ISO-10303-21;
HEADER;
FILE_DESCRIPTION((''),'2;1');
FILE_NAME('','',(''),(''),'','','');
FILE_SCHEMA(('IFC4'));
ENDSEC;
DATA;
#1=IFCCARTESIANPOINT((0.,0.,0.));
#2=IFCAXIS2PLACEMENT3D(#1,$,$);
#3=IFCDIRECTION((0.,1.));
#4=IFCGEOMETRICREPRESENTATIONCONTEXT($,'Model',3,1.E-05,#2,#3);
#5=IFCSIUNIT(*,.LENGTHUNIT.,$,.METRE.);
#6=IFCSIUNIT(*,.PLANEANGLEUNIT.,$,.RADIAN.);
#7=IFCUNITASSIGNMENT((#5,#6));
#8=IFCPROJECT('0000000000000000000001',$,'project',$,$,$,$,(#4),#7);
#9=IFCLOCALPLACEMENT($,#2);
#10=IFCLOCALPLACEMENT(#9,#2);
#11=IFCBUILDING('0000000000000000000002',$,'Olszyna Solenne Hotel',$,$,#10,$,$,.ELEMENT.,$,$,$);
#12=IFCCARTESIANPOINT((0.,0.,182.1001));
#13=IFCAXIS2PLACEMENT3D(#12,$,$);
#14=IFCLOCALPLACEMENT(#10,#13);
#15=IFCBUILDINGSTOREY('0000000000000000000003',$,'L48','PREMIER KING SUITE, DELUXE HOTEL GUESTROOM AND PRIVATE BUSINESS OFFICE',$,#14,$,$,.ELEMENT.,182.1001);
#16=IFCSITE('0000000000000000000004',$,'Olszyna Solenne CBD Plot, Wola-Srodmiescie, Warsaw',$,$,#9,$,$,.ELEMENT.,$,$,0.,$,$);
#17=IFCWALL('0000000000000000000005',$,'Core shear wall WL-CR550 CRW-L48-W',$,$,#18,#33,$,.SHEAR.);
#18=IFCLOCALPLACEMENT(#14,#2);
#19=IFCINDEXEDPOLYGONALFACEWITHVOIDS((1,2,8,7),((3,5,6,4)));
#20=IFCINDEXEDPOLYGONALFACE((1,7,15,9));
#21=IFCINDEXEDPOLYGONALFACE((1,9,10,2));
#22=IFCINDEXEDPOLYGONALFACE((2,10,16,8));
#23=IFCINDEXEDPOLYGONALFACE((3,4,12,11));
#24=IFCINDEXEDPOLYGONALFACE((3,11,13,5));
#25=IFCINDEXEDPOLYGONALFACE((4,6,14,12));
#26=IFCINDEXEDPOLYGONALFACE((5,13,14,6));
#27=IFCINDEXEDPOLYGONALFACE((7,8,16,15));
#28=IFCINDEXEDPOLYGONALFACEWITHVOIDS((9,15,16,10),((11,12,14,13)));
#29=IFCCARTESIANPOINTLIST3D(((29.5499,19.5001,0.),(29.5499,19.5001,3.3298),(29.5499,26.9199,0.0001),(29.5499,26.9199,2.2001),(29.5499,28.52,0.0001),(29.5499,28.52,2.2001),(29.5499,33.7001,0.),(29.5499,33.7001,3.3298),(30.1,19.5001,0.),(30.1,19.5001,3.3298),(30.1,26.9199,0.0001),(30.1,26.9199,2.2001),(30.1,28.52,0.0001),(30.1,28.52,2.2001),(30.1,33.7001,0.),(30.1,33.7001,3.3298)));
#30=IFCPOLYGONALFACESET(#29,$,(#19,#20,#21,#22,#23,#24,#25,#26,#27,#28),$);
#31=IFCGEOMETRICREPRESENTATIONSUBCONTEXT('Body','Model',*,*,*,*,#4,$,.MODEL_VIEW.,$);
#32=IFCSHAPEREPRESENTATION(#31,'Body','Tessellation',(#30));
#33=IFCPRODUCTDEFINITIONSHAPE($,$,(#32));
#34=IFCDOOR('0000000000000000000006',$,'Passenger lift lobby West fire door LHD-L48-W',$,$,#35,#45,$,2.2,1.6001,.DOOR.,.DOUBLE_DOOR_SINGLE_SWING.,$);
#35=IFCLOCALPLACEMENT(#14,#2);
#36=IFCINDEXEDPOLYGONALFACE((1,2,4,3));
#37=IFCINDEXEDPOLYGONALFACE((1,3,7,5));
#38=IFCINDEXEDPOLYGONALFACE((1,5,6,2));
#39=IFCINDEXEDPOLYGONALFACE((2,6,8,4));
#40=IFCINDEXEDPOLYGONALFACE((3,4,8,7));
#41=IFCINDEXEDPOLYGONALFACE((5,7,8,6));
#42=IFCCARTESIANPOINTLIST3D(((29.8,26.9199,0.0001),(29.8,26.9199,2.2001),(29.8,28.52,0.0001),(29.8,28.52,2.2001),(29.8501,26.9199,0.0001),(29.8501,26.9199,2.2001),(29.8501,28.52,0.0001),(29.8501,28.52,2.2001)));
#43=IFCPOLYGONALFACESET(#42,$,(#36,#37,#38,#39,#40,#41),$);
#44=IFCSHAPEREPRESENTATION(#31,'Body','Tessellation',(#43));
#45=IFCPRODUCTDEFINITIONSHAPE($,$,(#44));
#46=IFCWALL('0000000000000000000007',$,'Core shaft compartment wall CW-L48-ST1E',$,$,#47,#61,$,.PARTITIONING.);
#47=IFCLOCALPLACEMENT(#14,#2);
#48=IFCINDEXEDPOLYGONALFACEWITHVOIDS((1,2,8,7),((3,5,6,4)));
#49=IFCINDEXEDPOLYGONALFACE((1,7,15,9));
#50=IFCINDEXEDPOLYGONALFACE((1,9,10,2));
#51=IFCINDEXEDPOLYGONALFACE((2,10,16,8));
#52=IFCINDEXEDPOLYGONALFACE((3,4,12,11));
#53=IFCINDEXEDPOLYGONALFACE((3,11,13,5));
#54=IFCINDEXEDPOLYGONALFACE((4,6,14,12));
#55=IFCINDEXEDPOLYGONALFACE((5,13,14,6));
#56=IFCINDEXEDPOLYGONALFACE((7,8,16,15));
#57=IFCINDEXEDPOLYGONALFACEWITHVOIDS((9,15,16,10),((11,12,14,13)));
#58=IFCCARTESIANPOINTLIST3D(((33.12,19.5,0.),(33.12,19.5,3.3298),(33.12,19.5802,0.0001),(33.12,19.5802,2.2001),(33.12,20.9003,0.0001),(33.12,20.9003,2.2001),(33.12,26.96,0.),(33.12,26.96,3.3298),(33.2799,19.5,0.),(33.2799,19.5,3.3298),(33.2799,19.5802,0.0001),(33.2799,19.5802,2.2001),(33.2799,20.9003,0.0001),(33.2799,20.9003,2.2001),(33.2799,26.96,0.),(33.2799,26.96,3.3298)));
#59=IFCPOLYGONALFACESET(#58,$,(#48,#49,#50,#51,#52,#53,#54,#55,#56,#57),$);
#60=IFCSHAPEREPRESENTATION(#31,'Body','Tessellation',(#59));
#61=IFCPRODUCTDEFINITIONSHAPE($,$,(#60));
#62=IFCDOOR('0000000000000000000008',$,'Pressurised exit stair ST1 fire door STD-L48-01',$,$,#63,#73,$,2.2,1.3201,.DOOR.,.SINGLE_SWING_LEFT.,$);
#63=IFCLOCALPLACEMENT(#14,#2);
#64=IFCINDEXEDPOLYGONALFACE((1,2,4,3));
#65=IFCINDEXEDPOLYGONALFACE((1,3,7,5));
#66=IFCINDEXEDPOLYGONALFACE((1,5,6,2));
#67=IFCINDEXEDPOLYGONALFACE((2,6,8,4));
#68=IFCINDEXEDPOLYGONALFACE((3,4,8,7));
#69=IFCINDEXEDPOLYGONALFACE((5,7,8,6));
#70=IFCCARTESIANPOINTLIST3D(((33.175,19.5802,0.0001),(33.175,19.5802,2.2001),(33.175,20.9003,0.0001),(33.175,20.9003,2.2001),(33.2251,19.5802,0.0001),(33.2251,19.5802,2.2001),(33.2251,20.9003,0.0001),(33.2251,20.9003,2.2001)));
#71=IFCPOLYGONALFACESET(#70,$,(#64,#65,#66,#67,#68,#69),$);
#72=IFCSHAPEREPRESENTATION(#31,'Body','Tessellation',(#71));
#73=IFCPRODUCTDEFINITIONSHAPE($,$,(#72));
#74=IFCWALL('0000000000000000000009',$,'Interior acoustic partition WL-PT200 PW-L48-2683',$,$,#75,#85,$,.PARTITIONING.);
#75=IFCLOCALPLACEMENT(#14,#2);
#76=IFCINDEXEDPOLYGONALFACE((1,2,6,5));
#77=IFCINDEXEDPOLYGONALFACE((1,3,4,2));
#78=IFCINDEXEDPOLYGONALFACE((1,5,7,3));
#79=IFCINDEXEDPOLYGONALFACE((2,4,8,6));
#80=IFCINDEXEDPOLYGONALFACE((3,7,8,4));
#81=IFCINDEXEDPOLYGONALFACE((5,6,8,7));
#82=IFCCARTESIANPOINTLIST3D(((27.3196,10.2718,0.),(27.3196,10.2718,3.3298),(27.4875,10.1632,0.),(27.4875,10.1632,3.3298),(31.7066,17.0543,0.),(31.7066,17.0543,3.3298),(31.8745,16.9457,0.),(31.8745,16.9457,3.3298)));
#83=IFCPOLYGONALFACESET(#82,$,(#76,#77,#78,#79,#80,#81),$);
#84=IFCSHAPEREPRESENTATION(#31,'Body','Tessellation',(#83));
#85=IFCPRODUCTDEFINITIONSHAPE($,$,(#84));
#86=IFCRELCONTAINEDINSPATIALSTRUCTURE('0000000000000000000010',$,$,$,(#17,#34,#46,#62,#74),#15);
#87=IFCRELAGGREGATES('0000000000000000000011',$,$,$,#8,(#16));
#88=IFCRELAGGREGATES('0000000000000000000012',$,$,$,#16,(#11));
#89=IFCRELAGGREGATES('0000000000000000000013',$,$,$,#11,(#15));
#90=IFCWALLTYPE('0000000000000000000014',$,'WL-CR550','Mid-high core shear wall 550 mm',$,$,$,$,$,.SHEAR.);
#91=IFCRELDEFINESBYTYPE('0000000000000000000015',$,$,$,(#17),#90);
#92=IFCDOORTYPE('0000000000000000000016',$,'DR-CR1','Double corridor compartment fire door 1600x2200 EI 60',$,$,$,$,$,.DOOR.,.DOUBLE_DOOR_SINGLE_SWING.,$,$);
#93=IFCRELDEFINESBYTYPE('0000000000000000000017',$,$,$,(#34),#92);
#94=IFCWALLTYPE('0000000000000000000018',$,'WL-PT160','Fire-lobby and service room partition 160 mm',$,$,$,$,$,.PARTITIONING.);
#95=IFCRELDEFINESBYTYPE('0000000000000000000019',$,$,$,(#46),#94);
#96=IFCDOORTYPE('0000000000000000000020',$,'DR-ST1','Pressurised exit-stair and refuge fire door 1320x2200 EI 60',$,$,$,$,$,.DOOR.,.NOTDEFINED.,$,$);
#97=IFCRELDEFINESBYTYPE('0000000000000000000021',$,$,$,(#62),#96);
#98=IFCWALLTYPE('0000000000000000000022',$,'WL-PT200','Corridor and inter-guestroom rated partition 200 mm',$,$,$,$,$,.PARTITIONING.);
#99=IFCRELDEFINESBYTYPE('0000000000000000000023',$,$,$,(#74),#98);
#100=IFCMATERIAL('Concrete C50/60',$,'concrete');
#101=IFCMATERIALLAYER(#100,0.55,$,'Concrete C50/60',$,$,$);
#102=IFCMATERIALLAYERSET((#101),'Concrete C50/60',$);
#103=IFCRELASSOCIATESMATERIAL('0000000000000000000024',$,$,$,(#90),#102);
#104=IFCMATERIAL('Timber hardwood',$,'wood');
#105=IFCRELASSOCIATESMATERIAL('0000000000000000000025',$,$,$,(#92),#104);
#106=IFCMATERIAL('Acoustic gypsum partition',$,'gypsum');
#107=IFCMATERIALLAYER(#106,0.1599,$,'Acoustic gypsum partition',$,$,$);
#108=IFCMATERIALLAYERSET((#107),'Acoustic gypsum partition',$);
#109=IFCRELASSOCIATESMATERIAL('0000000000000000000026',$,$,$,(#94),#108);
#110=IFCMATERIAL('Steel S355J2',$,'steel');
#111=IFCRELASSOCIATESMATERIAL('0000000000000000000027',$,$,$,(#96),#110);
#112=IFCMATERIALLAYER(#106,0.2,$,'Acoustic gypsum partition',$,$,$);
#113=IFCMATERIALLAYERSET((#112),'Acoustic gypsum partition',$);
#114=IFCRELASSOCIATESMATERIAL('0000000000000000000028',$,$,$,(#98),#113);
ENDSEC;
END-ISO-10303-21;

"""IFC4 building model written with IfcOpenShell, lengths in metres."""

from ifc_helpers import new_model, si_unit, direction, frame, frame_2d, origin, place, context, subcontext, project, spatial, rectangle, extrude, source, transform, mapped, material, layer, layer_set, type_object, type_shapes, element, fill, save


model = new_model("IFC4")

# Units and contexts
model_context = context("Model", 3, precision=1e-05, world=origin(), true_north=direction((0.0, 1.0)))
body_context = subcontext(model_context, "Body", "Model", "MODEL_VIEW")
ifc_project = project(units=[si_unit("LENGTHUNIT", "METRE"), si_unit("PLANEANGLEUNIT", "RADIAN")], contexts=[model_context])

# Site, building, storey
site_placement = place(None, origin())
site = spatial("IfcSite", under=ifc_project, at=site_placement, Name="Olszyna Solenne CBD Plot, Wola-Srodmiescie, Warsaw", CompositionType="ELEMENT", RefElevation=0.0)
building_placement = place(site_placement, origin())
building = spatial("IfcBuilding", under=site, at=building_placement, Name="Olszyna Solenne Hotel", CompositionType="ELEMENT")
storey_placement = place(building_placement, frame((0.0, 0.0, 182.1001)))
storey = spatial("IfcBuildingStorey", under=building, at=storey_placement, Name="L48", Description="PREMIER KING SUITE, DELUXE HOTEL GUESTROOM AND PRIVATE BUSINESS OFFICE", CompositionType="ELEMENT", Elevation=182.1001)

# Shared definitions
ifc_material_1 = material(Name="Steel S355J2", Category="steel")

# Walls, openings, doors
ifc_material_2 = material(Name="Concrete C50/60", Category="concrete")
ifc_layer_1 = layer(ifc_material_2, 0.55, Name="Concrete C50/60")
ifc_layer_set_1 = layer_set([ifc_layer_1], Name="Concrete C50/60")
wall_type_1 = type_object("IfcWallType", Name="WL-CR550", Description="Mid-high core shear wall 550 mm", PredefinedType="SHEAR", material=ifc_layer_set_1)
wall_1_placement = place(storey_placement, frame((29.825, 19.5, 0.0), z_axis=(0.0, 0.0, 1.0), x_axis=(0.0, 1.0, 0.0)))
wall_1 = element("IfcWall", 1, at=wall_1_placement, inside=storey, type_object=wall_type_1, Name="Core shear wall WL-CR550 CRW-L48-W", PredefinedType="SHEAR", context=body_context, shape_type="SweptSolid", body=[
    extrude(rectangle(XDim=14.2, YDim=0.55, at=frame_2d((7.1001, 0.0))), origin(), (0.0, 0.0, 1.0), 3.3298),
])
opening_1_placement = place(wall_1_placement, frame((7.4199, 0.0, 0.0)))
opening_1 = element("IfcOpeningElement", 2, at=opening_1_placement, cuts=wall_1, PredefinedType="OPENING", context=body_context, shape_type="SweptSolid", body=[
    extrude(rectangle(XDim=1.6001, YDim=2.2, at=frame_2d((0.8, 1.1001))), frame((0.0, 0.2852, 0.0), z_axis=(0.0, -1.0, 0.0), x_axis=(1.0, 0.0, 0.0)), (0.0, 0.0, 1.0), 0.5701),
])
ifc_material_3 = material(Name="Timber hardwood", Category="wood")
door_type_1 = type_object("IfcDoorType", Name="DR-CR1", Description="Double corridor compartment fire door 1600x2200 EI 60", OperationType="DOUBLE_DOOR_SINGLE_SWING", PredefinedType="DOOR", material=ifc_material_3)
shared_shape_1 = source(origin(), body_context, "Body", "SweptSolid", [
    extrude(rectangle(XDim=1.6001, YDim=2.2, at=frame_2d((0.8, 1.1001))), frame((0.0, 0.0249, 0.0), z_axis=(0.0, -1.0, 0.0), x_axis=(1.0, 0.0, 0.0)), (0.0, 0.0, 1.0), 0.05),
])
type_shapes(door_type_1, [shared_shape_1])
door_1_placement = place(opening_1_placement, origin())
door_1 = element("IfcDoor", 3, at=door_1_placement, inside=storey, type_object=door_type_1, Name="Passenger lift lobby West fire door LHD-L48-W", OperationType="DOUBLE_DOOR_SINGLE_SWING", OverallHeight=2.2, OverallWidth=1.6001, PredefinedType="DOOR", context=body_context, shape_type="MappedRepresentation", body=[
    mapped(shared_shape_1, transform((0.0, 0.0, 0.0), x_axis=(1.0, 0.0, 0.0), y_axis=(0.0, 1.0, 0.0), z_axis=(0.0, 0.0, 1.0), scale=1.0)),
])
fill(opening_1, door_1)
ifc_material_4 = material(Name="Acoustic gypsum partition", Category="gypsum")
ifc_layer_2 = layer(ifc_material_4, 0.1599, Name="Acoustic gypsum partition")
ifc_layer_set_2 = layer_set([ifc_layer_2], Name="Acoustic gypsum partition")
wall_type_2 = type_object("IfcWallType", Name="WL-PT160", Description="Fire-lobby and service room partition 160 mm", PredefinedType="PARTITIONING", material=ifc_layer_set_2)
wall_2_placement = place(storey_placement, frame((33.2, 19.5, 0.0), z_axis=(0.0, 0.0, 1.0), x_axis=(0.0, 1.0, 0.0)))
wall_2 = element("IfcWall", 4, at=wall_2_placement, inside=storey, type_object=wall_type_2, Name="Core shaft compartment wall CW-L48-ST1E", PredefinedType="PARTITIONING", context=body_context, shape_type="SweptSolid", body=[
    extrude(rectangle(XDim=7.46, YDim=0.1599, at=frame_2d((3.73, 0.0))), origin(), (0.0, 0.0, 1.0), 3.3298),
])
opening_2_placement = place(wall_2_placement, frame((0.0801, 0.0, 0.0)))
opening_2 = element("IfcOpeningElement", 5, at=opening_2_placement, cuts=wall_2, PredefinedType="OPENING", context=body_context, shape_type="SweptSolid", body=[
    extrude(rectangle(XDim=1.3201, YDim=2.2, at=frame_2d((0.6602, 1.1001))), frame((0.0, 0.0898, 0.0), z_axis=(0.0, -1.0, 0.0), x_axis=(1.0, 0.0, 0.0)), (0.0, 0.0, 1.0), 0.1799),
])
door_type_2 = type_object("IfcDoorType", Name="DR-ST1", Description="Pressurised exit-stair and refuge fire door 1320x2200 EI 60", OperationType="NOTDEFINED", PredefinedType="DOOR", material=ifc_material_1)
shared_shape_2 = source(origin(), body_context, "Body", "SweptSolid", [
    extrude(rectangle(XDim=1.3201, YDim=2.2, at=frame_2d((0.6602, 1.1001))), frame((0.0, 0.0249, 0.0), z_axis=(0.0, -1.0, 0.0), x_axis=(1.0, 0.0, 0.0)), (0.0, 0.0, 1.0), 0.05),
])
type_shapes(door_type_2, [shared_shape_2])
door_2_placement = place(opening_2_placement, origin())
door_2 = element("IfcDoor", 6, at=door_2_placement, inside=storey, type_object=door_type_2, Name="Pressurised exit stair ST1 fire door STD-L48-01", OperationType="SINGLE_SWING_LEFT", OverallHeight=2.2, OverallWidth=1.3201, PredefinedType="DOOR", context=body_context, shape_type="MappedRepresentation", body=[
    mapped(shared_shape_2, transform((0.0, 0.0, 0.0), x_axis=(1.0, 0.0, 0.0), y_axis=(0.0, 1.0, 0.0), z_axis=(0.0, 0.0, 1.0), scale=1.0)),
])
fill(opening_2, door_2)

# Wall
ifc_layer_3 = layer(ifc_material_4, 0.2, Name="Acoustic gypsum partition")
ifc_layer_set_3 = layer_set([ifc_layer_3], Name="Acoustic gypsum partition")
wall_type_3 = type_object("IfcWallType", Name="WL-PT200", Description="Corridor and inter-guestroom rated partition 200 mm", PredefinedType="PARTITIONING", material=ifc_layer_set_3)
wall_3_placement = place(storey_placement, frame((31.7905, 17.0, 0.0), z_axis=(0.0, 0.0, 1.0), x_axis=(-0.543103, -0.839666, 0.0)))
element("IfcWall", 7, at=wall_3_placement, inside=storey, type_object=wall_type_3, Name="Interior acoustic partition WL-PT200 PW-L48-2683", PredefinedType="PARTITIONING", context=body_context, shape_type="SweptSolid", body=[
    extrude(rectangle(XDim=8.0776, YDim=0.2, at=frame_2d((4.0388, 0.0))), origin(), (0.0, 0.0, 1.0), 3.3298),
])

save(model, "model.ifc")
